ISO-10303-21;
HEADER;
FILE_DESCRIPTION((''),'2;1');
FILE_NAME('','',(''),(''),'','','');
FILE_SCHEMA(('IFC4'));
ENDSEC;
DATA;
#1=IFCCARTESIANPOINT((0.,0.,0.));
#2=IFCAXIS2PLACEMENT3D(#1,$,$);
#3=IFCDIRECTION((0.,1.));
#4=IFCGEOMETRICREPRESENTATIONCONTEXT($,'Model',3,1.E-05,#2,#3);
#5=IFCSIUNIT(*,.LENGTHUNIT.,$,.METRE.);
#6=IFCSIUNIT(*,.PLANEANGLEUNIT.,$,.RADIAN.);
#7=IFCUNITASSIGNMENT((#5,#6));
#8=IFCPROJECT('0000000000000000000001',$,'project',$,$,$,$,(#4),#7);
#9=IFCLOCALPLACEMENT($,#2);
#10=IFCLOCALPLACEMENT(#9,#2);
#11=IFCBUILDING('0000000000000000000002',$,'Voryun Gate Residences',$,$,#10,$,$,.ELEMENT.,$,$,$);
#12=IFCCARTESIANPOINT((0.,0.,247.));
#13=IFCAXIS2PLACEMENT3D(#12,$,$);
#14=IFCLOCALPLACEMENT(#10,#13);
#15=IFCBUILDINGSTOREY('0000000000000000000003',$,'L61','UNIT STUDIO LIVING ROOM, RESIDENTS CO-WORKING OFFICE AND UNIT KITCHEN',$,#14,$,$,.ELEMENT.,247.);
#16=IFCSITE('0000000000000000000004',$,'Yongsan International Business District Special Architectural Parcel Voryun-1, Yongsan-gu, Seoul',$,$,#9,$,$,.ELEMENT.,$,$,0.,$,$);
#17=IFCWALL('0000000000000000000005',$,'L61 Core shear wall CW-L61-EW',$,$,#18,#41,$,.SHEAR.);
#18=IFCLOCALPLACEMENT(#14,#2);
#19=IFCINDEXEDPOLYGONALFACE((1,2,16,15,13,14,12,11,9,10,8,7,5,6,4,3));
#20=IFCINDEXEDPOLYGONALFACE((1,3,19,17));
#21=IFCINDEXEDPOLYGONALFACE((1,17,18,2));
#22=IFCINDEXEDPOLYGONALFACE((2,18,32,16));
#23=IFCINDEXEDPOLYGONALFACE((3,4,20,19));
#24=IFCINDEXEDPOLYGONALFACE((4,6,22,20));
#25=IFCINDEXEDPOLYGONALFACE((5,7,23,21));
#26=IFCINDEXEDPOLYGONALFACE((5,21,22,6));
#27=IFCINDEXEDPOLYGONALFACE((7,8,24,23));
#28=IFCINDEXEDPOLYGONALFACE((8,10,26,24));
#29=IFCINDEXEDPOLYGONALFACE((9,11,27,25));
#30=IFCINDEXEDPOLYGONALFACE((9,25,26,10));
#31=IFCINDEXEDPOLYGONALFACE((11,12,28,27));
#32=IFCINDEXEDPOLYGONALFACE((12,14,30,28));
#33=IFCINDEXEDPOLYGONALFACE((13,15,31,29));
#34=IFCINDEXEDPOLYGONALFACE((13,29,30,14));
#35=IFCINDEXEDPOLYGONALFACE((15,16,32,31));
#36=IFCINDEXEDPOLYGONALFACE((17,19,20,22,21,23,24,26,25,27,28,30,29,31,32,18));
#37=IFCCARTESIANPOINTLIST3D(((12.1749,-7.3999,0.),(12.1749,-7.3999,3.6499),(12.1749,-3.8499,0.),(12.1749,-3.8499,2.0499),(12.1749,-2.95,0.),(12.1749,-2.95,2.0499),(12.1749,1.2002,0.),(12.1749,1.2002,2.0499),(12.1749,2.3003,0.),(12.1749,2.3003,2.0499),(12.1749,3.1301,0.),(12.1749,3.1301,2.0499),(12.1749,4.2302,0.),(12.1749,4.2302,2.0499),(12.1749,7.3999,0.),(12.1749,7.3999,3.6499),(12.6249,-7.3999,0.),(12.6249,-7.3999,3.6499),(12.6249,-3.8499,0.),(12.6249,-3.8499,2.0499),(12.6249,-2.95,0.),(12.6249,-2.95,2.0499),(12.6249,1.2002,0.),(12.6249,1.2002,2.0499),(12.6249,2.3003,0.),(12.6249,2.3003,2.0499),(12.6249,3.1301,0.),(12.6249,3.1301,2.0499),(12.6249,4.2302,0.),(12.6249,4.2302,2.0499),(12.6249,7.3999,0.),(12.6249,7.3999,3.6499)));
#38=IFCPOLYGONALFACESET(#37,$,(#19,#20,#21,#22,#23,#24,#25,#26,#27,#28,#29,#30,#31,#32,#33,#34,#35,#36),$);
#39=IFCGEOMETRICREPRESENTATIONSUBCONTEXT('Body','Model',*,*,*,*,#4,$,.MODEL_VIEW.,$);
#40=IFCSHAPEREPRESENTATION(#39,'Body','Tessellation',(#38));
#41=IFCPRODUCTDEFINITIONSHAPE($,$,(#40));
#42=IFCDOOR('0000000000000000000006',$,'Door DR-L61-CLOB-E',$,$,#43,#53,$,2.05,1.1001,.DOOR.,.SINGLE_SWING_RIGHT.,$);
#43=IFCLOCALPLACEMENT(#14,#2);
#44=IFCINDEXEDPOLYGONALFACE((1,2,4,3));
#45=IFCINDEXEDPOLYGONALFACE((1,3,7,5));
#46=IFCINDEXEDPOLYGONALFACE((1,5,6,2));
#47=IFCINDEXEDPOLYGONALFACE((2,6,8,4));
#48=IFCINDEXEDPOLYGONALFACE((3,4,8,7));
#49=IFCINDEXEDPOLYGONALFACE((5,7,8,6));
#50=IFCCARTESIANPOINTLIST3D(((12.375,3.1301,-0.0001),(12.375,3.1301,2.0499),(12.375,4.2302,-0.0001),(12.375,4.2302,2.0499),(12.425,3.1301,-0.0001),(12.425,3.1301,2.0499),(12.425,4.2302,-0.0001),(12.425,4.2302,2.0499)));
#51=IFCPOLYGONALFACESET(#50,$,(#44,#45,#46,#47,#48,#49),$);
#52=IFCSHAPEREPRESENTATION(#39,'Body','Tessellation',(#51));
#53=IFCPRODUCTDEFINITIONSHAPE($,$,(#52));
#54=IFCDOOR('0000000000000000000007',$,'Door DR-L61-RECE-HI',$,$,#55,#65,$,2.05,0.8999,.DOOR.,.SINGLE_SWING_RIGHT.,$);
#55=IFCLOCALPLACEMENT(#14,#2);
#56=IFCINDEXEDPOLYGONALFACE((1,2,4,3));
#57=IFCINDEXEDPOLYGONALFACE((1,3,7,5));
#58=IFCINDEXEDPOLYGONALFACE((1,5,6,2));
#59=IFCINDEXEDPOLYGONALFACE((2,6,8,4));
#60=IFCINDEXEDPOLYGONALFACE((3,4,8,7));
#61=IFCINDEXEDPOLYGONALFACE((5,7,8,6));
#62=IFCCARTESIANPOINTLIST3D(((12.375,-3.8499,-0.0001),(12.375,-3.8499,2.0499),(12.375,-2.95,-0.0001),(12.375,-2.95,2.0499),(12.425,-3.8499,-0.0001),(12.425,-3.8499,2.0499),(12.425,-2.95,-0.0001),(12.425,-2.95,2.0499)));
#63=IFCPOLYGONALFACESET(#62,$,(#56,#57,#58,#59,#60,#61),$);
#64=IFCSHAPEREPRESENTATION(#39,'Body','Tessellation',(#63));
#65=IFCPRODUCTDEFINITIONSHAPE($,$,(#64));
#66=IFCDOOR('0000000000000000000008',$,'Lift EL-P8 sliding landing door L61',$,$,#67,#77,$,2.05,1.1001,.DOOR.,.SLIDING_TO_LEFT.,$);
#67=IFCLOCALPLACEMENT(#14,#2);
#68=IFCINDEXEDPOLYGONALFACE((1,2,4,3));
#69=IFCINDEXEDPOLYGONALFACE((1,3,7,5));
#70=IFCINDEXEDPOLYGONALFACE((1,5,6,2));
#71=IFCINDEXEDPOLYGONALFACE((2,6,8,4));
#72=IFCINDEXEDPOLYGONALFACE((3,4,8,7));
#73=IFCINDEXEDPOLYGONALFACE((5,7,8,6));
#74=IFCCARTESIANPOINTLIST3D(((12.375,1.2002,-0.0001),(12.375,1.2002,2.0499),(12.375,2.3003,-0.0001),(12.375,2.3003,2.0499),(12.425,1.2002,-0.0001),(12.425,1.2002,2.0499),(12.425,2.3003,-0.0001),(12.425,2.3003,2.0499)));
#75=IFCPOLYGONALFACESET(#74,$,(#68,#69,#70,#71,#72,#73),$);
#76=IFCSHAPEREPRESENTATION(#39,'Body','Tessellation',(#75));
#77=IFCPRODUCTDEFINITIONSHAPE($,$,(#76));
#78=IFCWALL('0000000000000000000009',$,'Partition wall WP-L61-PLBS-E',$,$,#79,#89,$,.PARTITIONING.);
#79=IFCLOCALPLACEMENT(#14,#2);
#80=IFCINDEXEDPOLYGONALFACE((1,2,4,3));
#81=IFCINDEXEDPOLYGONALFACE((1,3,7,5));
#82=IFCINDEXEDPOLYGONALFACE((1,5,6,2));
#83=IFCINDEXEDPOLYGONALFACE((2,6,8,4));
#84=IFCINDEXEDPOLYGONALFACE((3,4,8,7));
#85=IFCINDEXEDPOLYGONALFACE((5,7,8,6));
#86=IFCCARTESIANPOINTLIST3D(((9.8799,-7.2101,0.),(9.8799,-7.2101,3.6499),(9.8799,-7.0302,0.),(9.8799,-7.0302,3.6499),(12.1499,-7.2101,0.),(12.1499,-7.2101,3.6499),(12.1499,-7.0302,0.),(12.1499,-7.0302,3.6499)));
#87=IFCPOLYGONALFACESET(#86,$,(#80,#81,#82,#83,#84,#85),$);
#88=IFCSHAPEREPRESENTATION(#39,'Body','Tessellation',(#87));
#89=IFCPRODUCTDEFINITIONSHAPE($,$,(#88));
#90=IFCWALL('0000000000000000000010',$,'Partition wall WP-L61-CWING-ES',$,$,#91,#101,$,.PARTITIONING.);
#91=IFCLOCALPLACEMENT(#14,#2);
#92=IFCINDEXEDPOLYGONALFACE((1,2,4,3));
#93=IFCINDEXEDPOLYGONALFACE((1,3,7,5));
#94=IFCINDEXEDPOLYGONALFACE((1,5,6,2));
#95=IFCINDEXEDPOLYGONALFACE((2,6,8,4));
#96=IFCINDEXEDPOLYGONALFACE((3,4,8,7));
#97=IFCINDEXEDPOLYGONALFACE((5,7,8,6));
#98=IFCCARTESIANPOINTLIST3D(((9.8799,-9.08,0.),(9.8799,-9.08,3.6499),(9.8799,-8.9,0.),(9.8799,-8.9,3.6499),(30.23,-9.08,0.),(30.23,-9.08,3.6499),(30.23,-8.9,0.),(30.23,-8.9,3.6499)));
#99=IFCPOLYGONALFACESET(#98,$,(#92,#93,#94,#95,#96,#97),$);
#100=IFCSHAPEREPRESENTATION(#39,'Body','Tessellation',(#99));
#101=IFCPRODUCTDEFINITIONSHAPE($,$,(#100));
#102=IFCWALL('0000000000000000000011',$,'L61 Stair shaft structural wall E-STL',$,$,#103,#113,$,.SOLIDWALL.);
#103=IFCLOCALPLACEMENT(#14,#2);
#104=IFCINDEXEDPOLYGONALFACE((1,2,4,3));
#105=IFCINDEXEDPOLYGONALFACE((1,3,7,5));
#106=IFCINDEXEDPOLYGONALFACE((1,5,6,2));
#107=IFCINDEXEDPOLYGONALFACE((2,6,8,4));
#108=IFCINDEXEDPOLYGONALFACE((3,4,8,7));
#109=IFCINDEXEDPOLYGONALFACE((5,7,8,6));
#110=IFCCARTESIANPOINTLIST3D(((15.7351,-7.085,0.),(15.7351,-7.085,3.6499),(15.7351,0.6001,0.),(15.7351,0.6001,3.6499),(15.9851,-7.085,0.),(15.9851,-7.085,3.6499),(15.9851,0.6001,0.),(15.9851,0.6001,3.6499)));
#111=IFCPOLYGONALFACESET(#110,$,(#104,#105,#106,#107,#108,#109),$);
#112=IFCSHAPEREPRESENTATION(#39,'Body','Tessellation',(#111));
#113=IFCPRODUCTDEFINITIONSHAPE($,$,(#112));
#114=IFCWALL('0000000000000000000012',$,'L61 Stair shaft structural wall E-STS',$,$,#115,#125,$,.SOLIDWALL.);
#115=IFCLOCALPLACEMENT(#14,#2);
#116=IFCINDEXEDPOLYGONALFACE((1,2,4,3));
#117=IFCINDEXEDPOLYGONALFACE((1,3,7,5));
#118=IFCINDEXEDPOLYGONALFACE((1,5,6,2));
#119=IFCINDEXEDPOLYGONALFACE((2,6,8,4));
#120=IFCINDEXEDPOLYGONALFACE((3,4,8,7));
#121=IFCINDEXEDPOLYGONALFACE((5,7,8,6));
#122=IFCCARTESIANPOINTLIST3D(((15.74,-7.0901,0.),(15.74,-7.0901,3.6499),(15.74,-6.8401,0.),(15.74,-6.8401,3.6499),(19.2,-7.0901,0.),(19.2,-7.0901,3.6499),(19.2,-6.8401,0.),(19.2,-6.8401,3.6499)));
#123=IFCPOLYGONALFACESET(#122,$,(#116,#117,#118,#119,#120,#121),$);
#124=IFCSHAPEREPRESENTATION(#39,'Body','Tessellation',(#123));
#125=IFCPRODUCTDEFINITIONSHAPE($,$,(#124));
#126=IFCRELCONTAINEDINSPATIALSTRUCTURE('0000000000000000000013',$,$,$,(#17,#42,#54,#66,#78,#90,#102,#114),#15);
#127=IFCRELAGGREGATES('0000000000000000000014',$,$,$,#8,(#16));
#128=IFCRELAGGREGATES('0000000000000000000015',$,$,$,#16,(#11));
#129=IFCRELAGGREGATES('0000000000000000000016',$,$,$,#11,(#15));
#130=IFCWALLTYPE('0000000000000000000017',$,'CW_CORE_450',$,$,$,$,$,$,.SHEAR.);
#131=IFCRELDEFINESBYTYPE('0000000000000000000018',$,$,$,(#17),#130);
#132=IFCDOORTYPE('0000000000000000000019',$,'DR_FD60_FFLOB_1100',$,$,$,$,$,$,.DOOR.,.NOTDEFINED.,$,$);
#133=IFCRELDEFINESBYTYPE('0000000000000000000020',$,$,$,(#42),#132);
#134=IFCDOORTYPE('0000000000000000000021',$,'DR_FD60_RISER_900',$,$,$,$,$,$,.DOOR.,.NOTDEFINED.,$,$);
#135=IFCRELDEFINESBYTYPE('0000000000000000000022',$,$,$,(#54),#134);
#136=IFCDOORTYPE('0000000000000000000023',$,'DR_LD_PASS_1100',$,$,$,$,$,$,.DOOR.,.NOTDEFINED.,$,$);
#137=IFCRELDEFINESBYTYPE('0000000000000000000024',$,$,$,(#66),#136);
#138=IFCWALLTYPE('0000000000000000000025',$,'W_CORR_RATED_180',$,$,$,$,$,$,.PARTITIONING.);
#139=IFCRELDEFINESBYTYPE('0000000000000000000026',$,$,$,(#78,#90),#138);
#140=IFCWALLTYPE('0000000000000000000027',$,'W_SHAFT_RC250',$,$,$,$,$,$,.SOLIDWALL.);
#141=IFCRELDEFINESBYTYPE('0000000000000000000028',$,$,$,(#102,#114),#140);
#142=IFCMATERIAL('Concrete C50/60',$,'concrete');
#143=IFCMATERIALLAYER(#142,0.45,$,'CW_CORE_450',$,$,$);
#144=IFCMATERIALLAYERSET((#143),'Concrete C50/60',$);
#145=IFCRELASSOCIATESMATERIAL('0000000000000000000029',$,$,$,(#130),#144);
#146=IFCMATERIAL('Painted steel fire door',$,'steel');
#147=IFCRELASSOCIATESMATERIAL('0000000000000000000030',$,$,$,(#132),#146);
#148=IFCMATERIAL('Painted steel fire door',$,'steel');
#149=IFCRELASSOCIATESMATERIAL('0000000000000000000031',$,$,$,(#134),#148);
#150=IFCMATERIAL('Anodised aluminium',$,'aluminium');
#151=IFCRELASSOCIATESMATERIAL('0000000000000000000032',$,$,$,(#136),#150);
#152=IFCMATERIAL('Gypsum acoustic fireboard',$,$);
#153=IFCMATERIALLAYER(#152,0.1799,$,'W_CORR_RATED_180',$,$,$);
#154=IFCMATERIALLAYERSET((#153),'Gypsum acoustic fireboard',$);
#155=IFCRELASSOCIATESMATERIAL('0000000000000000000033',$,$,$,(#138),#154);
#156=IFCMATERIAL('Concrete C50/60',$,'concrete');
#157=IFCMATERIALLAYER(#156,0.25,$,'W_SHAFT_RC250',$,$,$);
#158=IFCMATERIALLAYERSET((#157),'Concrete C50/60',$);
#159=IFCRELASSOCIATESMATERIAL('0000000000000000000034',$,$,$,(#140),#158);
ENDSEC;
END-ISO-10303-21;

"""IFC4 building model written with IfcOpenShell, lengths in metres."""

from ifc_helpers import new_model, si_unit, direction, frame, frame_2d, origin, place, context, subcontext, project, spatial, rectangle, extrude, material, layer, layer_set, type_object, element, fill, save


model = new_model("IFC4")

# Units and contexts
model_context = context("Model", 3, precision=1e-05, world=origin(), true_north=direction((0.0, 1.0)))
body_context = subcontext(model_context, "Body", "Model", "MODEL_VIEW")
ifc_project = project(units=[si_unit("LENGTHUNIT", "METRE"), si_unit("PLANEANGLEUNIT", "RADIAN")], contexts=[model_context])

# Site, building, storey
site_placement = place(None, origin())
site = spatial("IfcSite", under=ifc_project, at=site_placement, Name="Yongsan International Business District Special Architectural Parcel Voryun-1, Yongsan-gu, Seoul", CompositionType="ELEMENT", RefElevation=0.0)
building_placement = place(site_placement, origin())
building = spatial("IfcBuilding", under=site, at=building_placement, Name="Voryun Gate Residences", CompositionType="ELEMENT")
storey_placement = place(building_placement, frame((0.0, 0.0, 247.0)))
storey = spatial("IfcBuildingStorey", under=building, at=storey_placement, Name="L61", Description="UNIT STUDIO LIVING ROOM, RESIDENTS CO-WORKING OFFICE AND UNIT KITCHEN", CompositionType="ELEMENT", Elevation=247.0)

# Shared definitions
ifc_material_1 = material(Name="Concrete C50/60", Category="concrete")
ifc_layer_1 = layer(ifc_material_1, 0.45, Name="CW_CORE_450")
ifc_layer_set_1 = layer_set([ifc_layer_1], Name="Concrete C50/60")
wall_type_1 = type_object("IfcWallType", Name="CW_CORE_450", PredefinedType="SHEAR", material=ifc_layer_set_1)

# Wall, openings, doors
wall_1_placement = place(storey_placement, frame((12.3999, -7.3999, 0.0), z_axis=(0.0, 0.0, 1.0), x_axis=(0.0, 1.0, 0.0)))
wall_1 = element("IfcWall", 1, at=wall_1_placement, inside=storey, type_object=wall_type_1, Name="L61 Core shear wall CW-L61-EW", PredefinedType="SHEAR", context=body_context, shape_type="SweptSolid", body=[
    extrude(rectangle(XDim=14.7998, YDim=0.45, at=frame_2d((7.3999, 0.0))), origin(), (0.0, 0.0, 1.0), 3.6499),
])
opening_1_placement = place(wall_1_placement, frame((8.6001, 0.0, 0.0)))
opening_1 = element("IfcOpeningElement", 2, at=opening_1_placement, cuts=wall_1, PredefinedType="OPENING", context=body_context, shape_type="SweptSolid", body=[
    extrude(rectangle(XDim=1.1001, YDim=2.05, at=frame_2d((0.55, 1.0249))), frame((0.0, 0.2351, 0.0), z_axis=(0.0, -1.0, 0.0), x_axis=(1.0, 0.0, 0.0)), (0.0, 0.0, 1.0), 0.47),
])
opening_2_placement = place(wall_1_placement, frame((10.53, 0.0, 0.0)))
opening_2 = element("IfcOpeningElement", 3, at=opening_2_placement, cuts=wall_1, PredefinedType="OPENING", context=body_context, shape_type="SweptSolid", body=[
    extrude(rectangle(XDim=1.1001, YDim=2.05, at=frame_2d((0.55, 1.0249))), frame((0.0, 0.2351, 0.0), z_axis=(0.0, -1.0, 0.0), x_axis=(1.0, 0.0, 0.0)), (0.0, 0.0, 1.0), 0.47),
])
opening_3_placement = place(wall_1_placement, frame((3.55, 0.0, 0.0)))
opening_3 = element("IfcOpeningElement", 4, at=opening_3_placement, cuts=wall_1, PredefinedType="OPENING", context=body_context, shape_type="SweptSolid", body=[
    extrude(rectangle(XDim=0.8999, YDim=2.05, at=frame_2d((0.45, 1.0249))), frame((0.0, 0.2351, 0.0), z_axis=(0.0, -1.0, 0.0), x_axis=(1.0, 0.0, 0.0)), (0.0, 0.0, 1.0), 0.47),
])
ifc_material_2 = material(Name="Painted steel fire door", Category="steel")
door_type_1 = type_object("IfcDoorType", Name="DR_FD60_FFLOB_1100", OperationType="NOTDEFINED", PredefinedType="DOOR", material=ifc_material_2)
door_1_placement = place(opening_2_placement, origin())
door_1 = element("IfcDoor", 5, at=door_1_placement, inside=storey, type_object=door_type_1, Name="Door DR-L61-CLOB-E", OperationType="SINGLE_SWING_RIGHT", OverallHeight=2.05, OverallWidth=1.1001, PredefinedType="DOOR", context=body_context, shape_type="SweptSolid", body=[
    extrude(rectangle(XDim=1.1001, YDim=2.05, at=frame_2d((0.55, 1.0249))), frame((0.0, 0.0249, 0.0), z_axis=(0.0, -1.0, 0.0), x_axis=(1.0, 0.0, 0.0)), (0.0, 0.0, 1.0), 0.05),
])
fill(opening_2, door_1)
ifc_material_3 = material(Name="Painted steel fire door", Category="steel")
door_type_2 = type_object("IfcDoorType", Name="DR_FD60_RISER_900", OperationType="NOTDEFINED", PredefinedType="DOOR", material=ifc_material_3)
door_2_placement = place(opening_3_placement, origin())
door_2 = element("IfcDoor", 6, at=door_2_placement, inside=storey, type_object=door_type_2, Name="Door DR-L61-RECE-HI", OperationType="SINGLE_SWING_RIGHT", OverallHeight=2.05, OverallWidth=0.8999, PredefinedType="DOOR", context=body_context, shape_type="SweptSolid", body=[
    extrude(rectangle(XDim=0.8999, YDim=2.05, at=frame_2d((0.45, 1.0249))), frame((0.0, 0.0249, 0.0), z_axis=(0.0, -1.0, 0.0), x_axis=(1.0, 0.0, 0.0)), (0.0, 0.0, 1.0), 0.05),
])
fill(opening_3, door_2)
ifc_material_4 = material(Name="Anodised aluminium", Category="aluminium")
door_type_3 = type_object("IfcDoorType", Name="DR_LD_PASS_1100", OperationType="NOTDEFINED", PredefinedType="DOOR", material=ifc_material_4)
door_3_placement = place(opening_1_placement, origin())
door_3 = element("IfcDoor", 7, at=door_3_placement, inside=storey, type_object=door_type_3, Name="Lift EL-P8 sliding landing door L61", OperationType="SLIDING_TO_LEFT", OverallHeight=2.05, OverallWidth=1.1001, PredefinedType="DOOR", context=body_context, shape_type="SweptSolid", body=[
    extrude(rectangle(XDim=1.1001, YDim=2.05, at=frame_2d((0.55, 1.0249))), frame((0.0, 0.0249, 0.0), z_axis=(0.0, -1.0, 0.0), x_axis=(1.0, 0.0, 0.0)), (0.0, 0.0, 1.0), 0.05),
])
fill(opening_1, door_3)

# Walls
ifc_material_5 = material(Name="Gypsum acoustic fireboard")
ifc_layer_2 = layer(ifc_material_5, 0.1799, Name="W_CORR_RATED_180")
ifc_layer_set_2 = layer_set([ifc_layer_2], Name="Gypsum acoustic fireboard")
wall_type_2 = type_object("IfcWallType", Name="W_CORR_RATED_180", PredefinedType="PARTITIONING", material=ifc_layer_set_2)
wall_2_placement = place(storey_placement, frame((9.8799, -7.1201, 0.0), z_axis=(0.0, 0.0, 1.0), x_axis=(1.0, 0.0, 0.0)))
element("IfcWall", 8, at=wall_2_placement, inside=storey, type_object=wall_type_2, Name="Partition wall WP-L61-PLBS-E", PredefinedType="PARTITIONING", context=body_context, shape_type="SweptSolid", body=[
    extrude(rectangle(XDim=2.27, YDim=0.1799, at=frame_2d((1.135, 0.0))), origin(), (0.0, 0.0, 1.0), 3.6499),
])
wall_3_placement = place(storey_placement, frame((9.8799, -8.99, 0.0), z_axis=(0.0, 0.0, 1.0), x_axis=(1.0, 0.0, 0.0)))
element("IfcWall", 9, at=wall_3_placement, inside=storey, type_object=wall_type_2, Name="Partition wall WP-L61-CWING-ES", PredefinedType="PARTITIONING", context=body_context, shape_type="SweptSolid", body=[
    extrude(rectangle(XDim=20.3501, YDim=0.1799, at=frame_2d((10.175, 0.0))), origin(), (0.0, 0.0, 1.0), 3.6499),
])
ifc_material_6 = material(Name="Concrete C50/60", Category="concrete")
ifc_layer_3 = layer(ifc_material_6, 0.25, Name="W_SHAFT_RC250")
ifc_layer_set_3 = layer_set([ifc_layer_3], Name="Concrete C50/60")
wall_type_3 = type_object("IfcWallType", Name="W_SHAFT_RC250", PredefinedType="SOLIDWALL", material=ifc_layer_set_3)
wall_4_placement = place(storey_placement, frame((15.8601, -7.085, 0.0), z_axis=(0.0, 0.0, 1.0), x_axis=(0.0, 1.0, 0.0)))
element("IfcWall", 10, at=wall_4_placement, inside=storey, type_object=wall_type_3, Name="L61 Stair shaft structural wall E-STL", PredefinedType="SOLIDWALL", context=body_context, shape_type="SweptSolid", body=[
    extrude(rectangle(XDim=7.6851, YDim=0.25, at=frame_2d((3.8425, 0.0))), origin(), (0.0, 0.0, 1.0), 3.6499),
])
wall_5_placement = place(storey_placement, frame((15.74, -6.9651, 0.0), z_axis=(0.0, 0.0, 1.0), x_axis=(1.0, 0.0, 0.0)))
element("IfcWall", 11, at=wall_5_placement, inside=storey, type_object=wall_type_3, Name="L61 Stair shaft structural wall E-STS", PredefinedType="SOLIDWALL", context=body_context, shape_type="SweptSolid", body=[
    extrude(rectangle(XDim=3.46, YDim=0.25, at=frame_2d((1.73, 0.0))), origin(), (0.0, 0.0, 1.0), 3.6499),
])

save(model, "model.ifc")
